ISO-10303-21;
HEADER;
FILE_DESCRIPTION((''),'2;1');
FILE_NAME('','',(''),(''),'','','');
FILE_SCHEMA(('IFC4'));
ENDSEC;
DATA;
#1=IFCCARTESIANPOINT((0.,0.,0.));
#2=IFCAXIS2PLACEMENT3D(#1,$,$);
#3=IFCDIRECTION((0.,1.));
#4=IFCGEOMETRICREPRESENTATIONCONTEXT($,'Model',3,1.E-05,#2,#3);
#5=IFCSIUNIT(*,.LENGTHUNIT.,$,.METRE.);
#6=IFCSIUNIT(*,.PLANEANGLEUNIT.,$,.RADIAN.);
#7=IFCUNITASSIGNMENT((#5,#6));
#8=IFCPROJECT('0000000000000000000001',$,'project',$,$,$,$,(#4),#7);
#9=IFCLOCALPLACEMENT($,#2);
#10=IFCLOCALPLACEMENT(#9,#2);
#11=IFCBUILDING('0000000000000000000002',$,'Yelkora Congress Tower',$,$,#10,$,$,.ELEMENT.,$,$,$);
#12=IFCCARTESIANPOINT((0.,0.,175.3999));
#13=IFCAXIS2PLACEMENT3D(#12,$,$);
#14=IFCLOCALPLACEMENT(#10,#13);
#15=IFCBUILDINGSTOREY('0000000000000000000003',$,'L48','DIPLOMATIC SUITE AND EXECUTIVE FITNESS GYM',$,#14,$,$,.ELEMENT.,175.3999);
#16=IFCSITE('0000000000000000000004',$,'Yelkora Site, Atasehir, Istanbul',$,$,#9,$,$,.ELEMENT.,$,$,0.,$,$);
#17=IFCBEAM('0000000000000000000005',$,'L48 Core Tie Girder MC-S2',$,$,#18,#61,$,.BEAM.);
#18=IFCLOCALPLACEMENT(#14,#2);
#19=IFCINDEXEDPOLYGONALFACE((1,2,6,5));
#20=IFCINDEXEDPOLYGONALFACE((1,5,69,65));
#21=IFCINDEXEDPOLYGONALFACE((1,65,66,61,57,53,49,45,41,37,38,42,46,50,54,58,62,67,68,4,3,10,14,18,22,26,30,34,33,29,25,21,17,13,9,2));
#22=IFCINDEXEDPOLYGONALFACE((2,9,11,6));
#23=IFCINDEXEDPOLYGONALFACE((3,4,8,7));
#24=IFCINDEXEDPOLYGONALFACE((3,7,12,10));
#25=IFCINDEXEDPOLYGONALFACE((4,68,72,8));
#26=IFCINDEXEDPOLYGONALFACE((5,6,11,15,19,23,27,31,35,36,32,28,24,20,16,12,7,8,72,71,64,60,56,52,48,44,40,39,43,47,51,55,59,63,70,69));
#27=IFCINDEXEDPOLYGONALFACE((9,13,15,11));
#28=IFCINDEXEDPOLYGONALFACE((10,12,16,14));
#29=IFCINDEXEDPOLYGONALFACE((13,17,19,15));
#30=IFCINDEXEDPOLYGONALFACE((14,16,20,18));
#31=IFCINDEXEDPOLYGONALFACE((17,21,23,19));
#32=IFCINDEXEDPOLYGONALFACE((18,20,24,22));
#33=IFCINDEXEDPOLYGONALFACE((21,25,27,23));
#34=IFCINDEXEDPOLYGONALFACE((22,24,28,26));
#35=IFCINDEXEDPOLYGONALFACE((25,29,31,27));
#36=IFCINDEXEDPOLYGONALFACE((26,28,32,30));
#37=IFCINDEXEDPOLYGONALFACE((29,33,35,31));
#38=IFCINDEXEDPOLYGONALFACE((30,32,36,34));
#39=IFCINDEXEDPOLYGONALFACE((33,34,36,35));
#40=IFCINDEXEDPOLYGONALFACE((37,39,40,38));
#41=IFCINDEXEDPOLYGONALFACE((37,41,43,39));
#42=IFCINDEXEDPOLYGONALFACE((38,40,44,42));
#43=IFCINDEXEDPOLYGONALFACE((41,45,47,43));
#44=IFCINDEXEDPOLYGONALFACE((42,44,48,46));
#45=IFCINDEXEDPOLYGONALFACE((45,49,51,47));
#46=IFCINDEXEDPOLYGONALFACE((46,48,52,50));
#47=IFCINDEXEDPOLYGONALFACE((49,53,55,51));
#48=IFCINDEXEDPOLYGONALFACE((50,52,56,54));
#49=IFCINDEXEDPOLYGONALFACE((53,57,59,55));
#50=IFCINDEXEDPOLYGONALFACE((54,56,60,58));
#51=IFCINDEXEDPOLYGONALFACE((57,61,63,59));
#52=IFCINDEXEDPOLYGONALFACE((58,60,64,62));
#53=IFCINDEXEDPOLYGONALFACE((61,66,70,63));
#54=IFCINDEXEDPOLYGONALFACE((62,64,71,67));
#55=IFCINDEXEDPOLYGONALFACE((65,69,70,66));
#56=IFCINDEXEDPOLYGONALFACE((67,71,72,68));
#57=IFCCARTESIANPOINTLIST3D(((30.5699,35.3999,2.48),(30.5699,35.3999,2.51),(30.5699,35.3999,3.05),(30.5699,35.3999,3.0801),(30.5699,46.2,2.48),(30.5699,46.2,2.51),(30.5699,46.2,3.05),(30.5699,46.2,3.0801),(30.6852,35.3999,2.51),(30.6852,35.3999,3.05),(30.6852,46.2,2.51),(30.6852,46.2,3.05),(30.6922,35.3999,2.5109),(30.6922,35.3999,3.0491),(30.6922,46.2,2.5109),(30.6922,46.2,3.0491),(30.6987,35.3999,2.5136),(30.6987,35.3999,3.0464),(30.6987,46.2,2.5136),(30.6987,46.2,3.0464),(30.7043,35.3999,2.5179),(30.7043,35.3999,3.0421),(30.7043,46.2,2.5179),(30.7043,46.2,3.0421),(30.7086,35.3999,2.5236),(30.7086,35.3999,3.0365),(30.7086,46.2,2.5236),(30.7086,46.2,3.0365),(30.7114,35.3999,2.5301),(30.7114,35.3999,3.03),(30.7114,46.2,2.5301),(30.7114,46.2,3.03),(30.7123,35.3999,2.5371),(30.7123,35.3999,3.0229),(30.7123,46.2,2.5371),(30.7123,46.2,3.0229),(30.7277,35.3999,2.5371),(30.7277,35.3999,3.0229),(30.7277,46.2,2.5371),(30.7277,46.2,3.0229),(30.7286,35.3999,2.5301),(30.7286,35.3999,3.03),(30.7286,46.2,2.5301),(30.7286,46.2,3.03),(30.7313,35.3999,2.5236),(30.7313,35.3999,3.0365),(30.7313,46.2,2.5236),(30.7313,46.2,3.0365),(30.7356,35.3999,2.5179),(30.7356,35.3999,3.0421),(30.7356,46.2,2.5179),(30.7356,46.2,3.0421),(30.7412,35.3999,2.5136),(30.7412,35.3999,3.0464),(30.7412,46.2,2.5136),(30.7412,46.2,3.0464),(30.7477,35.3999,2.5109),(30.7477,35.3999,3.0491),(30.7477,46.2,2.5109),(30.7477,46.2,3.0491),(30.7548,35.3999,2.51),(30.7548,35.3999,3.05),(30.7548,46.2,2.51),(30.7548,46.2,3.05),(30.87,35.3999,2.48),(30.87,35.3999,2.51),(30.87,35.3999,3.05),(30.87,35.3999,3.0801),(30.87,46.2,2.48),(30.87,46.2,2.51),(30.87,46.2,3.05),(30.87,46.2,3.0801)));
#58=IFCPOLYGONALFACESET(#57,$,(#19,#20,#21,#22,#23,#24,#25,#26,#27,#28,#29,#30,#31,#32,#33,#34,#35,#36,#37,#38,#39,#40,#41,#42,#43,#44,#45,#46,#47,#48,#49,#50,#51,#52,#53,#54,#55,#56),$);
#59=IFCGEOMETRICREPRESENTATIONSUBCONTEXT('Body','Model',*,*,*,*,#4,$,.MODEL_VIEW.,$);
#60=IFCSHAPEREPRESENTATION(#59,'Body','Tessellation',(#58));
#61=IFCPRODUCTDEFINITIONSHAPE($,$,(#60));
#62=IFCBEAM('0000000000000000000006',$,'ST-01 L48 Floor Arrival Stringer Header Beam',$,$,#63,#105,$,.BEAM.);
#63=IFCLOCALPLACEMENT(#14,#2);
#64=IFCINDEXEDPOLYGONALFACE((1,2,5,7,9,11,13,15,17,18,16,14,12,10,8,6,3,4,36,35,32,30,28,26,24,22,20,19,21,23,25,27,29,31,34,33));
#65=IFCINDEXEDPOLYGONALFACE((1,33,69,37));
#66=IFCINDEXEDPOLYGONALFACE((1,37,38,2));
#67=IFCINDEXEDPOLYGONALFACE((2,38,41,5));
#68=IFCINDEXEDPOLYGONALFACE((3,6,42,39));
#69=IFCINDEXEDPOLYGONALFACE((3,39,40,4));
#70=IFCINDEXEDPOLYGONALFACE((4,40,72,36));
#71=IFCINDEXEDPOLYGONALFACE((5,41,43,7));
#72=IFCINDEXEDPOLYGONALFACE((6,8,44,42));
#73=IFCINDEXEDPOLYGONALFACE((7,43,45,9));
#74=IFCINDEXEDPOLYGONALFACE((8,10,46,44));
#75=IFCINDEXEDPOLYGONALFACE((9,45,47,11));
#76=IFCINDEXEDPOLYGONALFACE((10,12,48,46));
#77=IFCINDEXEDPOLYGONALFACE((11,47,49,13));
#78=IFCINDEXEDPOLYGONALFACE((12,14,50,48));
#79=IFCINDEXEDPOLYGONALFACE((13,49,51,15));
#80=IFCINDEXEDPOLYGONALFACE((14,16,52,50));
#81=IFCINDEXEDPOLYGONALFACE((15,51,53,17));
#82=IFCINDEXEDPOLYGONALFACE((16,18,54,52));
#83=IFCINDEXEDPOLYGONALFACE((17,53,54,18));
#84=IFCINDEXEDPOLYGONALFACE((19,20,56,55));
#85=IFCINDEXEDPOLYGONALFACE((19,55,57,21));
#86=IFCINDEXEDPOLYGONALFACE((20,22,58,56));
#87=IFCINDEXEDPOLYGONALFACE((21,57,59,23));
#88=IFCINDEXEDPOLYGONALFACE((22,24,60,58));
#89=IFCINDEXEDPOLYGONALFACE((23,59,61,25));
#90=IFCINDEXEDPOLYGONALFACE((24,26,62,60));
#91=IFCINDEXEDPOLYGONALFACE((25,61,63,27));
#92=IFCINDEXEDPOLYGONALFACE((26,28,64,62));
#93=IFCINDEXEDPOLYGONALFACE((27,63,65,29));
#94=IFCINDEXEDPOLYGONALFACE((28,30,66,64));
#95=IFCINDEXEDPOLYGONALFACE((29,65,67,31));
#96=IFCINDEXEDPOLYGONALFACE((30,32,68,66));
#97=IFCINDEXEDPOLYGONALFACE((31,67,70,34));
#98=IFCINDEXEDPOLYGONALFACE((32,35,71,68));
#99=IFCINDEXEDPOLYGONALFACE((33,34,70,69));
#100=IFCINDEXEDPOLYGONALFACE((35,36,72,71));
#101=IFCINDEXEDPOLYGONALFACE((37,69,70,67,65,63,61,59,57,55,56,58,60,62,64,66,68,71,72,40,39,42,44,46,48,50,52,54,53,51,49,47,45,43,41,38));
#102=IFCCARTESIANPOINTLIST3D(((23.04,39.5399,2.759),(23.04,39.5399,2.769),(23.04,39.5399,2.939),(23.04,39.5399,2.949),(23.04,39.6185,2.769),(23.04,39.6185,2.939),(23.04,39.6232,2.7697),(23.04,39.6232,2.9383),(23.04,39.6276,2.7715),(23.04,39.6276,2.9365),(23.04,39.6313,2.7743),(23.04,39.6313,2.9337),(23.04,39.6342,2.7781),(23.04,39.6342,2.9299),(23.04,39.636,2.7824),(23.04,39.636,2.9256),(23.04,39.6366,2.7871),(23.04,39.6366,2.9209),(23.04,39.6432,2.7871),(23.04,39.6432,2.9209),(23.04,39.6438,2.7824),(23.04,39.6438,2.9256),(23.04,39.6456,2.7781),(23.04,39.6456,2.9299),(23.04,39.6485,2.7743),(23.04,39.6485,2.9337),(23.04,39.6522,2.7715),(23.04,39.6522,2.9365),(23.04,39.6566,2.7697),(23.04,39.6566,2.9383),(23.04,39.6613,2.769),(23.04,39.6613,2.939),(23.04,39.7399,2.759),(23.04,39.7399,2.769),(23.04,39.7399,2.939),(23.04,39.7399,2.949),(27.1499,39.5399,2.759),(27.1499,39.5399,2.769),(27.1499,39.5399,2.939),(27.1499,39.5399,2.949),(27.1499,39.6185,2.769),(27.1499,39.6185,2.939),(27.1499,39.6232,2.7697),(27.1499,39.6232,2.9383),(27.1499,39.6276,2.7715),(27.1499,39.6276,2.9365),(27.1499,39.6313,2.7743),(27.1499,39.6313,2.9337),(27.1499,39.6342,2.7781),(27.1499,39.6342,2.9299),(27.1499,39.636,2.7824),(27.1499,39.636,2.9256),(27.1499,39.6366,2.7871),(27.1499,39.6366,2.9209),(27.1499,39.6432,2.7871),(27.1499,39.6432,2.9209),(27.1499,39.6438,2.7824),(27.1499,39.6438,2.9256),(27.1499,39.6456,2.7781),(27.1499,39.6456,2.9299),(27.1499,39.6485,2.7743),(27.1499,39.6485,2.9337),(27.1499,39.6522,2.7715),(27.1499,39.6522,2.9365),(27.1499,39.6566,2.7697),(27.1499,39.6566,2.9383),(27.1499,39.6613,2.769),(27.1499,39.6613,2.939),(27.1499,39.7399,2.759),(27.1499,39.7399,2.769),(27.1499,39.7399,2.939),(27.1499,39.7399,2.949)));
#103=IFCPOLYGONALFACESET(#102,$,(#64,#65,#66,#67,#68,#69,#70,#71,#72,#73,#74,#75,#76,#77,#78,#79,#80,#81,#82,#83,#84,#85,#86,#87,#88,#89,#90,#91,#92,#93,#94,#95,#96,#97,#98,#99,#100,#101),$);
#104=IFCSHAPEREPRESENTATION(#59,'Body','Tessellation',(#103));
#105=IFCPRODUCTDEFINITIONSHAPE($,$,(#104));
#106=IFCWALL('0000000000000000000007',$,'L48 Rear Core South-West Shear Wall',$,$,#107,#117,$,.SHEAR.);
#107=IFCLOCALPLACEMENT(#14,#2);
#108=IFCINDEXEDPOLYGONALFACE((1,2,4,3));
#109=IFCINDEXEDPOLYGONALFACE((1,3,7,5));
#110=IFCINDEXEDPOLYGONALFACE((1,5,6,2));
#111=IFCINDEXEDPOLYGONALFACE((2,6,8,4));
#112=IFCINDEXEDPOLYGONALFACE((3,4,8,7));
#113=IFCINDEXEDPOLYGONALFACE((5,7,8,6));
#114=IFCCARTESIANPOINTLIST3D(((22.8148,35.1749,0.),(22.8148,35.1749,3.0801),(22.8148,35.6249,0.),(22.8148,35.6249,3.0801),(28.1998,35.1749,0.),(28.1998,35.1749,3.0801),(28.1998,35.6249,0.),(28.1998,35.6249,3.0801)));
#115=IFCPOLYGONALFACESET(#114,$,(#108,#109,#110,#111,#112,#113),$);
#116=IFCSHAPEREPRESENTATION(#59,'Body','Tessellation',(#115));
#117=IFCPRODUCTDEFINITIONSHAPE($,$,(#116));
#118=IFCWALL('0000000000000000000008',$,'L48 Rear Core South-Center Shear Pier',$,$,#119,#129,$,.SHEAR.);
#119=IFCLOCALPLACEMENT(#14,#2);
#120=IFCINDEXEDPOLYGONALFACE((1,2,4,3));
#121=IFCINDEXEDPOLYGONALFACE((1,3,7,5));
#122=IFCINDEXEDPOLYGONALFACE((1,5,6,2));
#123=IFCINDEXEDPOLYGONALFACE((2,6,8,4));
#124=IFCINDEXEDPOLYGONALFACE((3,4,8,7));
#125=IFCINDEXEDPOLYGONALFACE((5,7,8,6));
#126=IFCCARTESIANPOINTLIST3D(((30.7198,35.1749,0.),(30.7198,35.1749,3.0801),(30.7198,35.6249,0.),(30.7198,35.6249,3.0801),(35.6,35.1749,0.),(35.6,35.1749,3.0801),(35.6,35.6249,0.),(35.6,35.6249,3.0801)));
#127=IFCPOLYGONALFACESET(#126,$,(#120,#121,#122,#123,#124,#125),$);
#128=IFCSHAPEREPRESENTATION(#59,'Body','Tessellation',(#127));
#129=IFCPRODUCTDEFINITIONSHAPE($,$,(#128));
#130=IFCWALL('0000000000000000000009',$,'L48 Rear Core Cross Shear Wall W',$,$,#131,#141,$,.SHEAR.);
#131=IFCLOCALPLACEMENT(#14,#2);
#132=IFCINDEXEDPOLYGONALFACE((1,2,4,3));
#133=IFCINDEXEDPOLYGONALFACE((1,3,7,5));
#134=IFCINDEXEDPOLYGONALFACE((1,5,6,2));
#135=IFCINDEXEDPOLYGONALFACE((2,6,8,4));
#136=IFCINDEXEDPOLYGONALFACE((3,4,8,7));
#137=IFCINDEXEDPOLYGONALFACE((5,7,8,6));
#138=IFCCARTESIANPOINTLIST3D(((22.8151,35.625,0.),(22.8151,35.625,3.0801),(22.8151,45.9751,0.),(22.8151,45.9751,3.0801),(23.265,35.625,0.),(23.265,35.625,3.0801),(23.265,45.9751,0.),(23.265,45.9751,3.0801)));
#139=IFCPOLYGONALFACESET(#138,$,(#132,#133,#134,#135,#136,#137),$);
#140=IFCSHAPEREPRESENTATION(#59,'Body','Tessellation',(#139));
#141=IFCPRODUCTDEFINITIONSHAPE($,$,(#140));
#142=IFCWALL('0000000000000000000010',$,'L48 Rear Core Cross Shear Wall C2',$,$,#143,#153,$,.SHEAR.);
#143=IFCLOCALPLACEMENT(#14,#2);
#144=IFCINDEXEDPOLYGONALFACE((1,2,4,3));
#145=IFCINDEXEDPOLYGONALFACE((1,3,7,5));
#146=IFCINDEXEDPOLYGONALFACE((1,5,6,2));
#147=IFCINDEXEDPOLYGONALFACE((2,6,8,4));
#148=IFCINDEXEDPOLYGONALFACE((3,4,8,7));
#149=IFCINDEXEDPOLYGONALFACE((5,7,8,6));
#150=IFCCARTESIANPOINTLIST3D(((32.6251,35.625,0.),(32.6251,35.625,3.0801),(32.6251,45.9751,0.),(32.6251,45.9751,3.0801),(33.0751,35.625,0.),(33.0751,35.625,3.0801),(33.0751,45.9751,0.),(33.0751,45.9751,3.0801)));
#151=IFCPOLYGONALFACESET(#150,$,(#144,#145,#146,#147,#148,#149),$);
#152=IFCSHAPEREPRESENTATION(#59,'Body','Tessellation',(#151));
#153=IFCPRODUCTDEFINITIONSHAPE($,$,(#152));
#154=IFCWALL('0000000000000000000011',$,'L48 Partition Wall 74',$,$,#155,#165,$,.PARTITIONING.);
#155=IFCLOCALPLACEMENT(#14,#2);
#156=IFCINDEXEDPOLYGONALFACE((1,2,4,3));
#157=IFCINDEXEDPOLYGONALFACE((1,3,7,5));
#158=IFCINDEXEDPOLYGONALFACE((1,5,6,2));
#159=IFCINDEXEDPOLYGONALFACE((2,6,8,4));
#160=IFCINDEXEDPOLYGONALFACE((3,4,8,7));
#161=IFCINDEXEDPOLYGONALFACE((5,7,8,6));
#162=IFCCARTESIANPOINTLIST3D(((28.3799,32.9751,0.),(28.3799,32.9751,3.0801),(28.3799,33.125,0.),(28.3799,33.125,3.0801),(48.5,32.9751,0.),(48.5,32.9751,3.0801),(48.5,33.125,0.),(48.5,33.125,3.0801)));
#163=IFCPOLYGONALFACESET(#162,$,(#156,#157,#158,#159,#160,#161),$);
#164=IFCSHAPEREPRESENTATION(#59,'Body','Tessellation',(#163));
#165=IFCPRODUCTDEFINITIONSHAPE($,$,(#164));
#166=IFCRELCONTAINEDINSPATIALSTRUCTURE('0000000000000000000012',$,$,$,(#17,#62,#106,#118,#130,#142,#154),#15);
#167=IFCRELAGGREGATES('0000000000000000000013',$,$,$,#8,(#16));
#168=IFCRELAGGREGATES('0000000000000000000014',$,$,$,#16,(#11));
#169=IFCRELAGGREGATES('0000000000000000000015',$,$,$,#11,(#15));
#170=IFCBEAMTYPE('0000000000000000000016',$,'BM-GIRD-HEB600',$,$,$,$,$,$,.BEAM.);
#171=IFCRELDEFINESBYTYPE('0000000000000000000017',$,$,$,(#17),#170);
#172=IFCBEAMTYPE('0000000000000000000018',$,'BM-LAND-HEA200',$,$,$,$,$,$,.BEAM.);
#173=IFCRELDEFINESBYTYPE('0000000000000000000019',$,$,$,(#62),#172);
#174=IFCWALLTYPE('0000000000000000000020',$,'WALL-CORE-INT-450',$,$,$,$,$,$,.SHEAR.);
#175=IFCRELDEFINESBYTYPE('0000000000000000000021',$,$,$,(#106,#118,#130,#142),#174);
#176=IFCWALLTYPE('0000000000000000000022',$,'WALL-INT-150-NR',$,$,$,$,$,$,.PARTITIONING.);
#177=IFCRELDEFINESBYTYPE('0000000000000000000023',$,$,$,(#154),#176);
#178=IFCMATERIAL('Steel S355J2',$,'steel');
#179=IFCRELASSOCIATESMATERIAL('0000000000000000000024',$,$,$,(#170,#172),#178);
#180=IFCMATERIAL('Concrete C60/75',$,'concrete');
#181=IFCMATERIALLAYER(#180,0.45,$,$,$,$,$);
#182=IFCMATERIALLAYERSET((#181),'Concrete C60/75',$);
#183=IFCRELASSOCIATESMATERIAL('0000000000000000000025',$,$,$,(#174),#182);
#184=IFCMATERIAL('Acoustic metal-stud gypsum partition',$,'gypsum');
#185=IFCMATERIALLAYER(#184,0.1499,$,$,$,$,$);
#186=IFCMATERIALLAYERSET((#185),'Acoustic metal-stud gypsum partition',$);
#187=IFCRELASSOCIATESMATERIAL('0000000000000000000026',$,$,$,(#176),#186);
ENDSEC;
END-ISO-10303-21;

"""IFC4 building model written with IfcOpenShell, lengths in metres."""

from ifc_helpers import new_model, si_unit, direction, frame, frame_2d, origin, origin_2d, place, context, subcontext, project, spatial, rectangle, i_section, extrude, material, layer, layer_set, material_profile, profile_set, type_object, element, save


model = new_model("IFC4")

# Units and contexts
model_context = context("Model", 3, precision=1e-05, world=origin(), true_north=direction((0.0, 1.0)))
body_context = subcontext(model_context, "Body", "Model", "MODEL_VIEW")
ifc_project = project(units=[si_unit("LENGTHUNIT", "METRE"), si_unit("PLANEANGLEUNIT", "RADIAN")], contexts=[model_context])

# Site, building, storey
site_placement = place(None, origin())
site = spatial("IfcSite", under=ifc_project, at=site_placement, Name="Yelkora Site, Atasehir, Istanbul", CompositionType="ELEMENT", RefElevation=0.0)
building_placement = place(site_placement, origin())
building = spatial("IfcBuilding", under=site, at=building_placement, Name="Yelkora Congress Tower", CompositionType="ELEMENT")
storey_placement = place(building_placement, frame((0.0, 0.0, 175.3999)))
storey = spatial("IfcBuildingStorey", under=building, at=storey_placement, Name="L48", Description="DIPLOMATIC SUITE AND EXECUTIVE FITNESS GYM", CompositionType="ELEMENT", Elevation=175.3999)

# Beams
ifc_material_1 = material(Name="Steel S355J2", Category="steel")
ifc_material_profile_1 = material_profile(ifc_material_1, i_section(OverallWidth=0.3, OverallDepth=0.6001, WebThickness=0.0154, FlangeThickness=0.03, FilletRadius=0.0271, at=origin_2d()), Name="HEB 600")
ifc_profile_set_1 = profile_set([ifc_material_profile_1], Name="Steel S355J2")
beam_type_1 = type_object("IfcBeamType", Name="BM-GIRD-HEB600", PredefinedType="BEAM", material=ifc_profile_set_1)
beam_1_placement = place(storey_placement, frame((30.72, 35.3999, 2.78), z_axis=(0.0, 1.0, 0.0), x_axis=(-1.0, 0.0, 0.0)))
element("IfcBeam", 1, at=beam_1_placement, inside=storey, type_object=beam_type_1, Name="L48 Core Tie Girder MC-S2", PredefinedType="BEAM", context=body_context, shape_type="SweptSolid", body=[
    extrude(i_section(OverallWidth=0.3, OverallDepth=0.6001, WebThickness=0.0154, FlangeThickness=0.03, FilletRadius=0.0271, at=origin_2d()), origin(), (0.0, 0.0, 1.0), 10.8),
])
ifc_material_profile_2 = material_profile(ifc_material_1, i_section(OverallWidth=0.2, OverallDepth=0.1899, WebThickness=0.0066, FlangeThickness=0.01, FilletRadius=0.0181, at=origin_2d()), Name="HEA 200")
ifc_profile_set_2 = profile_set([ifc_material_profile_2], Name="Steel S355J2")
beam_type_2 = type_object("IfcBeamType", Name="BM-LAND-HEA200", PredefinedType="BEAM", material=ifc_profile_set_2)
beam_2_placement = place(storey_placement, frame((23.04, 39.6399, 2.854), z_axis=(1.0, 0.0, 0.0), x_axis=(0.0, 1.0, 0.0)))
element("IfcBeam", 2, at=beam_2_placement, inside=storey, type_object=beam_type_2, Name="ST-01 L48 Floor Arrival Stringer Header Beam", PredefinedType="BEAM", context=body_context, shape_type="SweptSolid", body=[
    extrude(i_section(OverallWidth=0.2, OverallDepth=0.1899, WebThickness=0.0066, FlangeThickness=0.01, FilletRadius=0.0181, at=origin_2d()), origin(), (0.0, 0.0, 1.0), 4.1099),
])

# Walls
ifc_material_2 = material(Name="Concrete C60/75", Category="concrete")
ifc_layer_1 = layer(ifc_material_2, 0.45)
ifc_layer_set_1 = layer_set([ifc_layer_1], Name="Concrete C60/75")
wall_type_1 = type_object("IfcWallType", Name="WALL-CORE-INT-450", PredefinedType="SHEAR", material=ifc_layer_set_1)
wall_1_placement = place(storey_placement, frame((22.8149, 35.3999, 0.0), z_axis=(0.0, 0.0, 1.0), x_axis=(1.0, 0.0, 0.0)))
element("IfcWall", 3, at=wall_1_placement, inside=storey, type_object=wall_type_1, Name="L48 Rear Core South-West Shear Wall", PredefinedType="SHEAR", context=body_context, shape_type="SweptSolid", body=[
    extrude(rectangle(XDim=5.385, YDim=0.45, at=frame_2d((2.6924, 0.0))), origin(), (0.0, 0.0, 1.0), 3.0801),
])
wall_2_placement = place(storey_placement, frame((30.72, 35.3999, 0.0), z_axis=(0.0, 0.0, 1.0), x_axis=(1.0, 0.0, 0.0)))
element("IfcWall", 4, at=wall_2_placement, inside=storey, type_object=wall_type_1, Name="L48 Rear Core South-Center Shear Pier", PredefinedType="SHEAR", context=body_context, shape_type="SweptSolid", body=[
    extrude(rectangle(XDim=4.8801, YDim=0.45, at=frame_2d((2.4399, 0.0))), origin(), (0.0, 0.0, 1.0), 3.0801),
])
wall_3_placement = place(storey_placement, frame((23.04, 35.625, 0.0), z_axis=(0.0, 0.0, 1.0), x_axis=(0.0, 1.0, 0.0)))
element("IfcWall", 5, at=wall_3_placement, inside=storey, type_object=wall_type_1, Name="L48 Rear Core Cross Shear Wall W", PredefinedType="SHEAR", context=body_context, shape_type="SweptSolid", body=[
    extrude(rectangle(XDim=10.3501, YDim=0.45, at=frame_2d((5.175, 0.0))), origin(), (0.0, 0.0, 1.0), 3.0801),
])

# Walls
wall_4_placement = place(storey_placement, frame((32.8501, 35.625, 0.0), z_axis=(0.0, 0.0, 1.0), x_axis=(0.0, 1.0, 0.0)))
element("IfcWall", 6, at=wall_4_placement, inside=storey, type_object=wall_type_1, Name="L48 Rear Core Cross Shear Wall C2", PredefinedType="SHEAR", context=body_context, shape_type="SweptSolid", body=[
    extrude(rectangle(XDim=10.3501, YDim=0.45, at=frame_2d((5.175, 0.0))), origin(), (0.0, 0.0, 1.0), 3.0801),
])
ifc_material_3 = material(Name="Acoustic metal-stud gypsum partition", Category="gypsum")
ifc_layer_2 = layer(ifc_material_3, 0.1499)
ifc_layer_set_2 = layer_set([ifc_layer_2], Name="Acoustic metal-stud gypsum partition")
wall_type_2 = type_object("IfcWallType", Name="WALL-INT-150-NR", PredefinedType="PARTITIONING", material=ifc_layer_set_2)
wall_5_placement = place(storey_placement, frame((28.3799, 33.05, 0.0), z_axis=(0.0, 0.0, 1.0), x_axis=(1.0, 0.0, 0.0)))
element("IfcWall", 7, at=wall_5_placement, inside=storey, type_object=wall_type_2, Name="L48 Partition Wall 74", PredefinedType="PARTITIONING", context=body_context, shape_type="SweptSolid", body=[
    extrude(rectangle(XDim=20.1201, YDim=0.1499, at=frame_2d((10.0601, 0.0))), origin(), (0.0, 0.0, 1.0), 3.0801),
])

save(model, "model.ifc")
